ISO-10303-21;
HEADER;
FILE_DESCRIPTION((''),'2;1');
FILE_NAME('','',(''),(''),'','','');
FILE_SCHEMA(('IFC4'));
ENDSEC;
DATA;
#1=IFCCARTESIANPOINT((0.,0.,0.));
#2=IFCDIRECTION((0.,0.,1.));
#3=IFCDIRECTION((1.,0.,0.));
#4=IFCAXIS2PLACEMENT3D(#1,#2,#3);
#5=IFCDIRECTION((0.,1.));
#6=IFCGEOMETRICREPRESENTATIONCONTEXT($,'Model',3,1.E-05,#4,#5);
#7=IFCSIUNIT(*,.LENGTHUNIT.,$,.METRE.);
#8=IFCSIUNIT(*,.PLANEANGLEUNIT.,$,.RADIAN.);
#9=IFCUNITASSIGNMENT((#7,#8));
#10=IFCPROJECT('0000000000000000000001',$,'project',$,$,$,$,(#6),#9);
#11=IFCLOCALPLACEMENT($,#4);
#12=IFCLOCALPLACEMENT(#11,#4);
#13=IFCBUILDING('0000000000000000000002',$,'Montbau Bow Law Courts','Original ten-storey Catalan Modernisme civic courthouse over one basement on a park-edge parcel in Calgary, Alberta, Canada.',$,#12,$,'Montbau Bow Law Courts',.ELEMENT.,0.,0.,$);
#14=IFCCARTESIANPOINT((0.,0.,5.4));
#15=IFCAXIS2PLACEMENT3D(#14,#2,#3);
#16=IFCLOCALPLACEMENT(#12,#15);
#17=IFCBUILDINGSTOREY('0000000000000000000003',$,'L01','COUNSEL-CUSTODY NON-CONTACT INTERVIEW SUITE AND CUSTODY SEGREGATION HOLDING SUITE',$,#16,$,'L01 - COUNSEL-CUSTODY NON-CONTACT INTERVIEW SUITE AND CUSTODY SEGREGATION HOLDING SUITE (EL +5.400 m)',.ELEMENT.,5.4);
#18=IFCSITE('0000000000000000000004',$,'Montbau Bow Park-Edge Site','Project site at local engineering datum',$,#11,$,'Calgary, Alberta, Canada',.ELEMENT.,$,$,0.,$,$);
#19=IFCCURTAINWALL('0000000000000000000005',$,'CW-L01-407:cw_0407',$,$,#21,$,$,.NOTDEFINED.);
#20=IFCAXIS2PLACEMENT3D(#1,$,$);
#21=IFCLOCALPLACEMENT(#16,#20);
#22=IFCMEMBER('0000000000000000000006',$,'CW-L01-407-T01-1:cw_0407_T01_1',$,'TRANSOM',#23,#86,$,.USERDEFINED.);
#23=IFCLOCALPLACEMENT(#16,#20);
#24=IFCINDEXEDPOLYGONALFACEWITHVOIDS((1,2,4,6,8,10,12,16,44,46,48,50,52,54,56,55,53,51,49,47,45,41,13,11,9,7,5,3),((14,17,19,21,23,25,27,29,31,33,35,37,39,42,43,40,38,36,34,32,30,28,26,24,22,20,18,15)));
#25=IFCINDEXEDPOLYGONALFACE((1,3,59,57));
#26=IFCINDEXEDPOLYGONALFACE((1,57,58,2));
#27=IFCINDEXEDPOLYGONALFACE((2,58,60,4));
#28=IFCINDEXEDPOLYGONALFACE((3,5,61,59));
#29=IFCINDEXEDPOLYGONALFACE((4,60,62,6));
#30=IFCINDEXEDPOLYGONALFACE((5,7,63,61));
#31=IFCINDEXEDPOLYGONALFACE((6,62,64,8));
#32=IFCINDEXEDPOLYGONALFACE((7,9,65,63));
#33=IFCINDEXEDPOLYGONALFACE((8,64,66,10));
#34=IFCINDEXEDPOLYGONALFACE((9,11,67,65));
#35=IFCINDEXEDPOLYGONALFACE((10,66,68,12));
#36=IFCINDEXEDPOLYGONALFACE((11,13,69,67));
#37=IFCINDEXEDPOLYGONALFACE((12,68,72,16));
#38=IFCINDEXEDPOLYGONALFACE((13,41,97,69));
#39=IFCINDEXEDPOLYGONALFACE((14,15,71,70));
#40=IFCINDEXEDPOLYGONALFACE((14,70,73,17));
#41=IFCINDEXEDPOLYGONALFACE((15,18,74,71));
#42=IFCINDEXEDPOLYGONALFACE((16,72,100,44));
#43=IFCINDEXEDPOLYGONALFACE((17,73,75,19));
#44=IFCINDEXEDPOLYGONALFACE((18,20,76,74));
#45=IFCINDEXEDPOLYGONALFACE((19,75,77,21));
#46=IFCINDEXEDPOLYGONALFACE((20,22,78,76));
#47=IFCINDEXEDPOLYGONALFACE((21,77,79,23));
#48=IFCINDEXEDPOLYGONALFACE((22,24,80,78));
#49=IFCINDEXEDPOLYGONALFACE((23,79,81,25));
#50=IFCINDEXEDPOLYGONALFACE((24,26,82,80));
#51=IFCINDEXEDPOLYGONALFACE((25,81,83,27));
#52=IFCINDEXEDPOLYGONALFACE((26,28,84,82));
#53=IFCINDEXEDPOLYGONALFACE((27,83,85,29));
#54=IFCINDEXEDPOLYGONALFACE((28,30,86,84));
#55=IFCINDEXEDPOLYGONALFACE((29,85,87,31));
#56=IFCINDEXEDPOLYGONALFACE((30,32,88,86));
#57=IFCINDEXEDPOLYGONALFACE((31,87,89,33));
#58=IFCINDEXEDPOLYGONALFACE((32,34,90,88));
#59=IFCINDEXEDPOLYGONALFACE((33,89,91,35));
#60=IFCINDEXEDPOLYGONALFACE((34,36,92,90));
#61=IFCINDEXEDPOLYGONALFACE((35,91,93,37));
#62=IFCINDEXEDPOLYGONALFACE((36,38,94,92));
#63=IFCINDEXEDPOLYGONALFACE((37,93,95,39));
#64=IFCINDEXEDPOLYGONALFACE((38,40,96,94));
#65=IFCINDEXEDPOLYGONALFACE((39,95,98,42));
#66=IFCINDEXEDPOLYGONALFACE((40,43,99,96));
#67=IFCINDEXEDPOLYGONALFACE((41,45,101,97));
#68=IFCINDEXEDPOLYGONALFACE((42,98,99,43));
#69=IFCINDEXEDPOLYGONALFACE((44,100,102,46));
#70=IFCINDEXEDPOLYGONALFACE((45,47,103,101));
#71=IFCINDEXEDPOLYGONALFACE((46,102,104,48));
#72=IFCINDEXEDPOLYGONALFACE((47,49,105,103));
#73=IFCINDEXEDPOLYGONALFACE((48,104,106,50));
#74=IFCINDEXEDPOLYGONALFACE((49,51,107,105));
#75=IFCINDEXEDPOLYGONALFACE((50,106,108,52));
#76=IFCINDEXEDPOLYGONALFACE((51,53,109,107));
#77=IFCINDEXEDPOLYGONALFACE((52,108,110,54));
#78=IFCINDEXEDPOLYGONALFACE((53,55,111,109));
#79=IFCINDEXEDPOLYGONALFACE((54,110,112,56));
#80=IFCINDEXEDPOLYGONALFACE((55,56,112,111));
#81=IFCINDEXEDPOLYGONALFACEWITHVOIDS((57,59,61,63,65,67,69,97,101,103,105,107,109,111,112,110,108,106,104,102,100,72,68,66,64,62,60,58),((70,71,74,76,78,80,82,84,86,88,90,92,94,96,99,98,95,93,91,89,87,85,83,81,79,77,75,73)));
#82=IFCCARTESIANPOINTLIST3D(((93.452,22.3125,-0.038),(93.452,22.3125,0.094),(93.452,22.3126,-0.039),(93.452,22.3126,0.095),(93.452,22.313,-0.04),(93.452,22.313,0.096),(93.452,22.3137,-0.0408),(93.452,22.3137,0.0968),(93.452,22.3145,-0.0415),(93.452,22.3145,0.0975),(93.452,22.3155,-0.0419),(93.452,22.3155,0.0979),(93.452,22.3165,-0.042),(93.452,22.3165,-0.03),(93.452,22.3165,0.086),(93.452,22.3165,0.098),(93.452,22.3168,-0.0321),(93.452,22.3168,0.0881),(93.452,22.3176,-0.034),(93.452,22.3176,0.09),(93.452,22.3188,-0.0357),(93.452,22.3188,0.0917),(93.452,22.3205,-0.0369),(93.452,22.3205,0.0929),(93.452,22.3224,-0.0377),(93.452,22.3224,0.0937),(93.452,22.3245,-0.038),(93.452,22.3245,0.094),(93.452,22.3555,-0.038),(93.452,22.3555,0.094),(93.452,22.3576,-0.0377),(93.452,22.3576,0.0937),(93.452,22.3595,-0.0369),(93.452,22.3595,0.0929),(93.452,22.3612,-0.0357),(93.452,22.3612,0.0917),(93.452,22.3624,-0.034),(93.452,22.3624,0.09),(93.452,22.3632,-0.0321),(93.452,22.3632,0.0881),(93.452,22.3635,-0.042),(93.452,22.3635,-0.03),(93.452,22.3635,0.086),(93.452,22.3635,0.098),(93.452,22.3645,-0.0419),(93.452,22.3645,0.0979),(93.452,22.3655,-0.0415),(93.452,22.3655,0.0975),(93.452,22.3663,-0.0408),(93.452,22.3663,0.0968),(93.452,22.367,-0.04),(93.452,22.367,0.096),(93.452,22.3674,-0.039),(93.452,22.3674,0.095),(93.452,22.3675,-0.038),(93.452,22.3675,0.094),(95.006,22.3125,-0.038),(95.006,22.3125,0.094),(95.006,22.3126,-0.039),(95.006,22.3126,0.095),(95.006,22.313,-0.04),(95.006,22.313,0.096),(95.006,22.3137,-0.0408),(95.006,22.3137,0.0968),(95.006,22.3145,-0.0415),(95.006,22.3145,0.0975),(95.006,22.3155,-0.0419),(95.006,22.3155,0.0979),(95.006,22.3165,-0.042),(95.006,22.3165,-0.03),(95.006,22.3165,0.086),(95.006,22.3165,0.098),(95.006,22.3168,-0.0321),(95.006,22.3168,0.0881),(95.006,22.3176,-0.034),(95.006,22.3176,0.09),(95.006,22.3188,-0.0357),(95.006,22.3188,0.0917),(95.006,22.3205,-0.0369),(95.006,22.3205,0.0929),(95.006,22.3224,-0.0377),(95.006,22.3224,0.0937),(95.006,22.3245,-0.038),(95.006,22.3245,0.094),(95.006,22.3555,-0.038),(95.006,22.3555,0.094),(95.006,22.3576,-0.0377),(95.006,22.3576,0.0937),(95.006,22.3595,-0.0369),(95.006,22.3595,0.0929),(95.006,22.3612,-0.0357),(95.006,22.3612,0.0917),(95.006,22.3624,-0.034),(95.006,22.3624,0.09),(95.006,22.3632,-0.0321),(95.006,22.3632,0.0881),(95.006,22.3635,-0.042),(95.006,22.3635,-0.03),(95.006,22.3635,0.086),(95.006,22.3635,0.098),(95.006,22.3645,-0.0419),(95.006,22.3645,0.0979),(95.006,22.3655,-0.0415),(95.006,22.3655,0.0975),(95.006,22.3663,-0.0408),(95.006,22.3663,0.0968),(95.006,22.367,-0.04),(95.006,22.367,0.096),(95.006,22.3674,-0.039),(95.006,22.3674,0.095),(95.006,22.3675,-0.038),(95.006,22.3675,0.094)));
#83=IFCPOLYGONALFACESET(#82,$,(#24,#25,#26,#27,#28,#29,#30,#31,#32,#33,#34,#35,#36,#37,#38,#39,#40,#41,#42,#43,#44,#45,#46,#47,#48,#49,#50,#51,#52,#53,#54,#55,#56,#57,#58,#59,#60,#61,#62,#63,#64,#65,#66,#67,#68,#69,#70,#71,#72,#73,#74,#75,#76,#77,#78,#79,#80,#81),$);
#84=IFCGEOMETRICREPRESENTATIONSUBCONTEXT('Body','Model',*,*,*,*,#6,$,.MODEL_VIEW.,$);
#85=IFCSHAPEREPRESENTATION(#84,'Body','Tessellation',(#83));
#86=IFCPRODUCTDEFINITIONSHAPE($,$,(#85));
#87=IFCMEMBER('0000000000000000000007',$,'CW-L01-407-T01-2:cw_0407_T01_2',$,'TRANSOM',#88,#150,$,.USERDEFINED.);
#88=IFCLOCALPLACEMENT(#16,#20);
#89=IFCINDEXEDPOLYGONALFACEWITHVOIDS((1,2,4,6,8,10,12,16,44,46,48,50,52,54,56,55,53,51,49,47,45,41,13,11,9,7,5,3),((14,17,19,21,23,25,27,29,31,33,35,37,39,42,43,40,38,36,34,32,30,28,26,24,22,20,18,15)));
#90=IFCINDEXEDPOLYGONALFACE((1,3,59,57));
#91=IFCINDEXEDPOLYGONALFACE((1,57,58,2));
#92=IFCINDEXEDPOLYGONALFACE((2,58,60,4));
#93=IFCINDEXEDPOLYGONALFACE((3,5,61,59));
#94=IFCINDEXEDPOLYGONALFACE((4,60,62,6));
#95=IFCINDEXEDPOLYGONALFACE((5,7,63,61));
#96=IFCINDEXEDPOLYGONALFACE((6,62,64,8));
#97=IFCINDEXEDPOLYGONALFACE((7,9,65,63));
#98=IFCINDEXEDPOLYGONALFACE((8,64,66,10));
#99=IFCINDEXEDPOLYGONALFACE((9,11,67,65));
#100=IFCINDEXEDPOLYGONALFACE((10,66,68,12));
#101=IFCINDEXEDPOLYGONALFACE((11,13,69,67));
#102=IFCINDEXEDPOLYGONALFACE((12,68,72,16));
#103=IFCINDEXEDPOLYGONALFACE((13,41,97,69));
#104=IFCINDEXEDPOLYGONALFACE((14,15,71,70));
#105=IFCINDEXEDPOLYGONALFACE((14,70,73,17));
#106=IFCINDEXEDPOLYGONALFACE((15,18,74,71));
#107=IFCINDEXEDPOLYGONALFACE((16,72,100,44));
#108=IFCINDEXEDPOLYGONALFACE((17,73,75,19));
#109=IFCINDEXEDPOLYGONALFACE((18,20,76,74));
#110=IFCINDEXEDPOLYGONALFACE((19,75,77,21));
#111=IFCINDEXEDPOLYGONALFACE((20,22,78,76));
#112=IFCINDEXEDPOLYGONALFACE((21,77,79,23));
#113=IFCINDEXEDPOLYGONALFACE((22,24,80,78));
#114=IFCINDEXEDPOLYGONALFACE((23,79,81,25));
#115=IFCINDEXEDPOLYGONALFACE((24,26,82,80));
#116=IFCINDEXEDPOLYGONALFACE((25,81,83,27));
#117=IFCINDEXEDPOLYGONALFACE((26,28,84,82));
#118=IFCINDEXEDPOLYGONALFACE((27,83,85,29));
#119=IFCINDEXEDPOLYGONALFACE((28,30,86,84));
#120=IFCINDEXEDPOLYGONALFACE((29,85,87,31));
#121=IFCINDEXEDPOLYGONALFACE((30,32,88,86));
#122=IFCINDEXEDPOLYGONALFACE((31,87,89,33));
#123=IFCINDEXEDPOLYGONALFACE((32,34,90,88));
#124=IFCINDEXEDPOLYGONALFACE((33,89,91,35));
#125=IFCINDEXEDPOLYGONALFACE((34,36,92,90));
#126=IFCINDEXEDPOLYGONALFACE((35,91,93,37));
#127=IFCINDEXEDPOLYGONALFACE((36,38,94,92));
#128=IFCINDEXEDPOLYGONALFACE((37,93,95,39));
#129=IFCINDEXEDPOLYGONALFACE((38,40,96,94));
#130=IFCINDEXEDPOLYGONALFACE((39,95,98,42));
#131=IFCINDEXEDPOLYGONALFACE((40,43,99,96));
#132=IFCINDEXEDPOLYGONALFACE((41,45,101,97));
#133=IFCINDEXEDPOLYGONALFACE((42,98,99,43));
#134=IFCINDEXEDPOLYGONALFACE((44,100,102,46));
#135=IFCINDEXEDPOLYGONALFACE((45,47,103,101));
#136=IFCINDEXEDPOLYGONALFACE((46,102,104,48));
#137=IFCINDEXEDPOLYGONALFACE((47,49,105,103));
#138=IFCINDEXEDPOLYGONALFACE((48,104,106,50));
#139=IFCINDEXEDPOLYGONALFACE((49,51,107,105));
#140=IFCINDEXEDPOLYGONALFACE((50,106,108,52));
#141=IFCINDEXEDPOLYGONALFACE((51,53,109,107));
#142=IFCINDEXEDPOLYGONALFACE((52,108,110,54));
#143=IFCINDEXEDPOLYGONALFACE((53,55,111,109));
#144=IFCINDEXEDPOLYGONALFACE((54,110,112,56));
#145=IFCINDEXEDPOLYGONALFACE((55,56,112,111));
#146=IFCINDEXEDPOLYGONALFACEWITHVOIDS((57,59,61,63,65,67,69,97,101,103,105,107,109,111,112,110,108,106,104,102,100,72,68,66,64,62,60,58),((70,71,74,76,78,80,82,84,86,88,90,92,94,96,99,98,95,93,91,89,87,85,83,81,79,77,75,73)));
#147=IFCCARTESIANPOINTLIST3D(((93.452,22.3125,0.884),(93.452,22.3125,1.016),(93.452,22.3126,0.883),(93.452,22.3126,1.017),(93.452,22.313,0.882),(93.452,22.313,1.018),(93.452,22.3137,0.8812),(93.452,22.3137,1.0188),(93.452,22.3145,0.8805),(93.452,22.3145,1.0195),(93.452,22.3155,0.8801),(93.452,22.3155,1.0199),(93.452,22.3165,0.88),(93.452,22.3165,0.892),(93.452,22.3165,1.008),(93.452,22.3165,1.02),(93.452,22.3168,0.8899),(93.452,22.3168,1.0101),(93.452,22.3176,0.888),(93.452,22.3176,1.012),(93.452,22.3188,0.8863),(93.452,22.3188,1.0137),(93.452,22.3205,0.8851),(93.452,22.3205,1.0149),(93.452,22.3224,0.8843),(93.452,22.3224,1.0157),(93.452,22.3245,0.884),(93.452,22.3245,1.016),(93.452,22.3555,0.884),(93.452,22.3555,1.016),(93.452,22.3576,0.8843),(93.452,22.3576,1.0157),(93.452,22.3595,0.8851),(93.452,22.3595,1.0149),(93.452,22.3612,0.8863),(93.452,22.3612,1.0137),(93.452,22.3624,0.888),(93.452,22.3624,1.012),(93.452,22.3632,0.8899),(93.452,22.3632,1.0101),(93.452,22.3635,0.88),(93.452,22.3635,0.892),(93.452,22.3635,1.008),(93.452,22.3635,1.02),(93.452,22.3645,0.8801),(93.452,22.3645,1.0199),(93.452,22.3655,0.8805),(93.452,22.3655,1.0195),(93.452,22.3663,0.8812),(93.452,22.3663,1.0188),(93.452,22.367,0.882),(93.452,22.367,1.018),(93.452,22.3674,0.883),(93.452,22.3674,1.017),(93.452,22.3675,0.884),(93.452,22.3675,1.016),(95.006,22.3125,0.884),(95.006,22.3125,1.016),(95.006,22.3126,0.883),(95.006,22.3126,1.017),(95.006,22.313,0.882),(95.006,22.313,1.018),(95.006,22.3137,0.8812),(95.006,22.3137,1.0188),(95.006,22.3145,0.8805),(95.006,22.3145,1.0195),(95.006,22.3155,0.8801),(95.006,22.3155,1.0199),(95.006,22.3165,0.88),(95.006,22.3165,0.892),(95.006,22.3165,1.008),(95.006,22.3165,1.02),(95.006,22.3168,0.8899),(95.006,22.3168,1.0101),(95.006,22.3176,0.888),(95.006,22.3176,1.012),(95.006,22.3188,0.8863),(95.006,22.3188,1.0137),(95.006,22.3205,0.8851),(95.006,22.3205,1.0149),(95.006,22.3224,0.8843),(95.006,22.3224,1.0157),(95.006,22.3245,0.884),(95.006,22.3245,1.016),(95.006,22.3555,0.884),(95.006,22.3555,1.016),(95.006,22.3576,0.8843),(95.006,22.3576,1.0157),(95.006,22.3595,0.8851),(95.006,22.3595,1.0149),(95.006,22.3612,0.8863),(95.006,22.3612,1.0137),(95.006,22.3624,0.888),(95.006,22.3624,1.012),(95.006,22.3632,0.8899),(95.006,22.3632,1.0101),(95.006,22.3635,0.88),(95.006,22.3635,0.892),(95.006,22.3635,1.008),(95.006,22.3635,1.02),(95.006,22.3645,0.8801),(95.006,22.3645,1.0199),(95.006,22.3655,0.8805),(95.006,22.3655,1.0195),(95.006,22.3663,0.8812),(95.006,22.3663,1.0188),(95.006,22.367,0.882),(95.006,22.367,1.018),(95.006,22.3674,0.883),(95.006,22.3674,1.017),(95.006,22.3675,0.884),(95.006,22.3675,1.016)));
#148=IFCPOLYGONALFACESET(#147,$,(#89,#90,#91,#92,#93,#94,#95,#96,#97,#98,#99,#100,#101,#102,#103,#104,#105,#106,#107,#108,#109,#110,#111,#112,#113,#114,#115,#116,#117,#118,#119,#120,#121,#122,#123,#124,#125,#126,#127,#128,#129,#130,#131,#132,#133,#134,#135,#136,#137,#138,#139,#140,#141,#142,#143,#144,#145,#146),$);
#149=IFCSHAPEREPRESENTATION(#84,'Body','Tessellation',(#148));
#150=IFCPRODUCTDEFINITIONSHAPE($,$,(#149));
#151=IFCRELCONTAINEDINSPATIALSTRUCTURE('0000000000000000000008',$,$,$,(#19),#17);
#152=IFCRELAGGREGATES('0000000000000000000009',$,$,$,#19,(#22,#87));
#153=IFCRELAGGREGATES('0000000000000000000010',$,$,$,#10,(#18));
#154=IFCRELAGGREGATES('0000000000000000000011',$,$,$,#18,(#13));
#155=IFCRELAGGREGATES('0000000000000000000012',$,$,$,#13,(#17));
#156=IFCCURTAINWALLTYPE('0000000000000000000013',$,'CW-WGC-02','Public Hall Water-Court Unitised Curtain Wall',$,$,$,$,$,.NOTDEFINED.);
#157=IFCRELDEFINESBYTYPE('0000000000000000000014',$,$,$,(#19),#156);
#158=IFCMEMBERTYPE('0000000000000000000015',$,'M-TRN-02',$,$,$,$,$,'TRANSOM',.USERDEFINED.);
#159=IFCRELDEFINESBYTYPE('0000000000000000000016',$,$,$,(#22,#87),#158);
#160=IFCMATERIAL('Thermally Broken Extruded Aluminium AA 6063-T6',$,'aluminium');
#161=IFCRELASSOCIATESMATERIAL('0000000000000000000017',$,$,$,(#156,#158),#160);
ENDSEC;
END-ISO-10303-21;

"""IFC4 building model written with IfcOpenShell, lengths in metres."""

from ifc_helpers import new_model, si_unit, direction, frame, origin_with_axes, origin_2d_with_axis, place, context, subcontext, project, spatial, hollow_rectangle, extrude, material, material_profile, profile_set, type_object, element, aggregate, save


model = new_model("IFC4")

# Units and contexts
model_context = context("Model", 3, precision=1e-05, world=origin_with_axes(), true_north=direction((0.0, 1.0)))
body_context = subcontext(model_context, "Body", "Model", "MODEL_VIEW")
ifc_project = project(units=[si_unit("LENGTHUNIT", "METRE"), si_unit("PLANEANGLEUNIT", "RADIAN")], contexts=[model_context])

# Site, building, storey
site_placement = place(None, origin_with_axes())
site = spatial("IfcSite", under=ifc_project, at=site_placement, Name="Montbau Bow Park-Edge Site", Description="Project site at local engineering datum", LongName="Calgary, Alberta, Canada", CompositionType="ELEMENT", RefElevation=0.0)
building_placement = place(site_placement, origin_with_axes())
building = spatial("IfcBuilding", under=site, at=building_placement, Name="Montbau Bow Law Courts", Description="Original ten-storey Catalan Modernisme civic courthouse over one basement on a park-edge parcel in Calgary, Alberta, Canada.", LongName="Montbau Bow Law Courts", CompositionType="ELEMENT", ElevationOfRefHeight=0.0, ElevationOfTerrain=0.0)
storey_placement = place(building_placement, frame((0.0, 0.0, 5.4), z_axis=(0.0, 0.0, 1.0), x_axis=(1.0, 0.0, 0.0)))
storey = spatial("IfcBuildingStorey", under=building, at=storey_placement, Name="L01", Description="COUNSEL-CUSTODY NON-CONTACT INTERVIEW SUITE AND CUSTODY SEGREGATION HOLDING SUITE", LongName="L01 - COUNSEL-CUSTODY NON-CONTACT INTERVIEW SUITE AND CUSTODY SEGREGATION HOLDING SUITE (EL +5.400 m)", CompositionType="ELEMENT", Elevation=5.4)

# Curtain wall
ifc_material_1 = material(Name="Thermally Broken Extruded Aluminium AA 6063-T6", Category="aluminium")
curtain_wall_type = type_object("IfcCurtainWallType", Name="CW-WGC-02", Description="Public Hall Water-Court Unitised Curtain Wall", PredefinedType="NOTDEFINED", material=ifc_material_1)
curtain_wall_1_placement = place(None, frame((93.39, 22.34, 5.4), z_axis=(0.0, 0.0, 1.0), x_axis=(1.0, 0.0, 0.0)))
curtain_wall_1 = element("IfcCurtainWall", 1, at=curtain_wall_1_placement, inside=storey, type_object=curtain_wall_type, Name="CW-L01-407:cw_0407", PredefinedType="NOTDEFINED")

# Members
ifc_material_profile_1 = material_profile(ifc_material_1, hollow_rectangle(XDim=0.055, YDim=0.14, WallThickness=0.004, InnerFilletRadius=0.008, OuterFilletRadius=0.004, at=origin_2d_with_axis()), Name="CWT-140X55", Category="Main", Priority=0)
ifc_profile_set_1 = profile_set([ifc_material_profile_1], Name="Thermally Broken Extruded Aluminium AA 6063-T6")
member_type_1 = type_object("IfcMemberType", Name="M-TRN-02", ElementType="TRANSOM", PredefinedType="USERDEFINED", material=ifc_profile_set_1)
member_1_placement = place(None, frame((93.452, 22.34, 5.428), z_axis=(1.0, 0.0, 0.0), x_axis=(0.0, 1.0, 0.0)))
member_1 = element("IfcMember", 2, at=member_1_placement, type_object=member_type_1, Name="CW-L01-407-T01-1:cw_0407_T01_1", ObjectType="TRANSOM", PredefinedType="USERDEFINED", context=body_context, shape_type="SweptSolid", body=[
    extrude(hollow_rectangle(XDim=0.055, YDim=0.14, WallThickness=0.004, InnerFilletRadius=0.008, OuterFilletRadius=0.004, at=origin_2d_with_axis()), origin_with_axes(), (0.0, 0.0, 1.0), 1.554),
])
member_2_placement = place(None, frame((93.452, 22.34, 6.35), z_axis=(1.0, 0.0, 0.0), x_axis=(0.0, 1.0, 0.0)))
member_2 = element("IfcMember", 3, at=member_2_placement, type_object=member_type_1, Name="CW-L01-407-T01-2:cw_0407_T01_2", ObjectType="TRANSOM", PredefinedType="USERDEFINED", context=body_context, shape_type="SweptSolid", body=[
    extrude(hollow_rectangle(XDim=0.055, YDim=0.14, WallThickness=0.004, InnerFilletRadius=0.008, OuterFilletRadius=0.004, at=origin_2d_with_axis()), origin_with_axes(), (0.0, 0.0, 1.0), 1.554),
])

aggregate(curtain_wall_1, [member_1, member_2])

save(model, "model.ifc")
